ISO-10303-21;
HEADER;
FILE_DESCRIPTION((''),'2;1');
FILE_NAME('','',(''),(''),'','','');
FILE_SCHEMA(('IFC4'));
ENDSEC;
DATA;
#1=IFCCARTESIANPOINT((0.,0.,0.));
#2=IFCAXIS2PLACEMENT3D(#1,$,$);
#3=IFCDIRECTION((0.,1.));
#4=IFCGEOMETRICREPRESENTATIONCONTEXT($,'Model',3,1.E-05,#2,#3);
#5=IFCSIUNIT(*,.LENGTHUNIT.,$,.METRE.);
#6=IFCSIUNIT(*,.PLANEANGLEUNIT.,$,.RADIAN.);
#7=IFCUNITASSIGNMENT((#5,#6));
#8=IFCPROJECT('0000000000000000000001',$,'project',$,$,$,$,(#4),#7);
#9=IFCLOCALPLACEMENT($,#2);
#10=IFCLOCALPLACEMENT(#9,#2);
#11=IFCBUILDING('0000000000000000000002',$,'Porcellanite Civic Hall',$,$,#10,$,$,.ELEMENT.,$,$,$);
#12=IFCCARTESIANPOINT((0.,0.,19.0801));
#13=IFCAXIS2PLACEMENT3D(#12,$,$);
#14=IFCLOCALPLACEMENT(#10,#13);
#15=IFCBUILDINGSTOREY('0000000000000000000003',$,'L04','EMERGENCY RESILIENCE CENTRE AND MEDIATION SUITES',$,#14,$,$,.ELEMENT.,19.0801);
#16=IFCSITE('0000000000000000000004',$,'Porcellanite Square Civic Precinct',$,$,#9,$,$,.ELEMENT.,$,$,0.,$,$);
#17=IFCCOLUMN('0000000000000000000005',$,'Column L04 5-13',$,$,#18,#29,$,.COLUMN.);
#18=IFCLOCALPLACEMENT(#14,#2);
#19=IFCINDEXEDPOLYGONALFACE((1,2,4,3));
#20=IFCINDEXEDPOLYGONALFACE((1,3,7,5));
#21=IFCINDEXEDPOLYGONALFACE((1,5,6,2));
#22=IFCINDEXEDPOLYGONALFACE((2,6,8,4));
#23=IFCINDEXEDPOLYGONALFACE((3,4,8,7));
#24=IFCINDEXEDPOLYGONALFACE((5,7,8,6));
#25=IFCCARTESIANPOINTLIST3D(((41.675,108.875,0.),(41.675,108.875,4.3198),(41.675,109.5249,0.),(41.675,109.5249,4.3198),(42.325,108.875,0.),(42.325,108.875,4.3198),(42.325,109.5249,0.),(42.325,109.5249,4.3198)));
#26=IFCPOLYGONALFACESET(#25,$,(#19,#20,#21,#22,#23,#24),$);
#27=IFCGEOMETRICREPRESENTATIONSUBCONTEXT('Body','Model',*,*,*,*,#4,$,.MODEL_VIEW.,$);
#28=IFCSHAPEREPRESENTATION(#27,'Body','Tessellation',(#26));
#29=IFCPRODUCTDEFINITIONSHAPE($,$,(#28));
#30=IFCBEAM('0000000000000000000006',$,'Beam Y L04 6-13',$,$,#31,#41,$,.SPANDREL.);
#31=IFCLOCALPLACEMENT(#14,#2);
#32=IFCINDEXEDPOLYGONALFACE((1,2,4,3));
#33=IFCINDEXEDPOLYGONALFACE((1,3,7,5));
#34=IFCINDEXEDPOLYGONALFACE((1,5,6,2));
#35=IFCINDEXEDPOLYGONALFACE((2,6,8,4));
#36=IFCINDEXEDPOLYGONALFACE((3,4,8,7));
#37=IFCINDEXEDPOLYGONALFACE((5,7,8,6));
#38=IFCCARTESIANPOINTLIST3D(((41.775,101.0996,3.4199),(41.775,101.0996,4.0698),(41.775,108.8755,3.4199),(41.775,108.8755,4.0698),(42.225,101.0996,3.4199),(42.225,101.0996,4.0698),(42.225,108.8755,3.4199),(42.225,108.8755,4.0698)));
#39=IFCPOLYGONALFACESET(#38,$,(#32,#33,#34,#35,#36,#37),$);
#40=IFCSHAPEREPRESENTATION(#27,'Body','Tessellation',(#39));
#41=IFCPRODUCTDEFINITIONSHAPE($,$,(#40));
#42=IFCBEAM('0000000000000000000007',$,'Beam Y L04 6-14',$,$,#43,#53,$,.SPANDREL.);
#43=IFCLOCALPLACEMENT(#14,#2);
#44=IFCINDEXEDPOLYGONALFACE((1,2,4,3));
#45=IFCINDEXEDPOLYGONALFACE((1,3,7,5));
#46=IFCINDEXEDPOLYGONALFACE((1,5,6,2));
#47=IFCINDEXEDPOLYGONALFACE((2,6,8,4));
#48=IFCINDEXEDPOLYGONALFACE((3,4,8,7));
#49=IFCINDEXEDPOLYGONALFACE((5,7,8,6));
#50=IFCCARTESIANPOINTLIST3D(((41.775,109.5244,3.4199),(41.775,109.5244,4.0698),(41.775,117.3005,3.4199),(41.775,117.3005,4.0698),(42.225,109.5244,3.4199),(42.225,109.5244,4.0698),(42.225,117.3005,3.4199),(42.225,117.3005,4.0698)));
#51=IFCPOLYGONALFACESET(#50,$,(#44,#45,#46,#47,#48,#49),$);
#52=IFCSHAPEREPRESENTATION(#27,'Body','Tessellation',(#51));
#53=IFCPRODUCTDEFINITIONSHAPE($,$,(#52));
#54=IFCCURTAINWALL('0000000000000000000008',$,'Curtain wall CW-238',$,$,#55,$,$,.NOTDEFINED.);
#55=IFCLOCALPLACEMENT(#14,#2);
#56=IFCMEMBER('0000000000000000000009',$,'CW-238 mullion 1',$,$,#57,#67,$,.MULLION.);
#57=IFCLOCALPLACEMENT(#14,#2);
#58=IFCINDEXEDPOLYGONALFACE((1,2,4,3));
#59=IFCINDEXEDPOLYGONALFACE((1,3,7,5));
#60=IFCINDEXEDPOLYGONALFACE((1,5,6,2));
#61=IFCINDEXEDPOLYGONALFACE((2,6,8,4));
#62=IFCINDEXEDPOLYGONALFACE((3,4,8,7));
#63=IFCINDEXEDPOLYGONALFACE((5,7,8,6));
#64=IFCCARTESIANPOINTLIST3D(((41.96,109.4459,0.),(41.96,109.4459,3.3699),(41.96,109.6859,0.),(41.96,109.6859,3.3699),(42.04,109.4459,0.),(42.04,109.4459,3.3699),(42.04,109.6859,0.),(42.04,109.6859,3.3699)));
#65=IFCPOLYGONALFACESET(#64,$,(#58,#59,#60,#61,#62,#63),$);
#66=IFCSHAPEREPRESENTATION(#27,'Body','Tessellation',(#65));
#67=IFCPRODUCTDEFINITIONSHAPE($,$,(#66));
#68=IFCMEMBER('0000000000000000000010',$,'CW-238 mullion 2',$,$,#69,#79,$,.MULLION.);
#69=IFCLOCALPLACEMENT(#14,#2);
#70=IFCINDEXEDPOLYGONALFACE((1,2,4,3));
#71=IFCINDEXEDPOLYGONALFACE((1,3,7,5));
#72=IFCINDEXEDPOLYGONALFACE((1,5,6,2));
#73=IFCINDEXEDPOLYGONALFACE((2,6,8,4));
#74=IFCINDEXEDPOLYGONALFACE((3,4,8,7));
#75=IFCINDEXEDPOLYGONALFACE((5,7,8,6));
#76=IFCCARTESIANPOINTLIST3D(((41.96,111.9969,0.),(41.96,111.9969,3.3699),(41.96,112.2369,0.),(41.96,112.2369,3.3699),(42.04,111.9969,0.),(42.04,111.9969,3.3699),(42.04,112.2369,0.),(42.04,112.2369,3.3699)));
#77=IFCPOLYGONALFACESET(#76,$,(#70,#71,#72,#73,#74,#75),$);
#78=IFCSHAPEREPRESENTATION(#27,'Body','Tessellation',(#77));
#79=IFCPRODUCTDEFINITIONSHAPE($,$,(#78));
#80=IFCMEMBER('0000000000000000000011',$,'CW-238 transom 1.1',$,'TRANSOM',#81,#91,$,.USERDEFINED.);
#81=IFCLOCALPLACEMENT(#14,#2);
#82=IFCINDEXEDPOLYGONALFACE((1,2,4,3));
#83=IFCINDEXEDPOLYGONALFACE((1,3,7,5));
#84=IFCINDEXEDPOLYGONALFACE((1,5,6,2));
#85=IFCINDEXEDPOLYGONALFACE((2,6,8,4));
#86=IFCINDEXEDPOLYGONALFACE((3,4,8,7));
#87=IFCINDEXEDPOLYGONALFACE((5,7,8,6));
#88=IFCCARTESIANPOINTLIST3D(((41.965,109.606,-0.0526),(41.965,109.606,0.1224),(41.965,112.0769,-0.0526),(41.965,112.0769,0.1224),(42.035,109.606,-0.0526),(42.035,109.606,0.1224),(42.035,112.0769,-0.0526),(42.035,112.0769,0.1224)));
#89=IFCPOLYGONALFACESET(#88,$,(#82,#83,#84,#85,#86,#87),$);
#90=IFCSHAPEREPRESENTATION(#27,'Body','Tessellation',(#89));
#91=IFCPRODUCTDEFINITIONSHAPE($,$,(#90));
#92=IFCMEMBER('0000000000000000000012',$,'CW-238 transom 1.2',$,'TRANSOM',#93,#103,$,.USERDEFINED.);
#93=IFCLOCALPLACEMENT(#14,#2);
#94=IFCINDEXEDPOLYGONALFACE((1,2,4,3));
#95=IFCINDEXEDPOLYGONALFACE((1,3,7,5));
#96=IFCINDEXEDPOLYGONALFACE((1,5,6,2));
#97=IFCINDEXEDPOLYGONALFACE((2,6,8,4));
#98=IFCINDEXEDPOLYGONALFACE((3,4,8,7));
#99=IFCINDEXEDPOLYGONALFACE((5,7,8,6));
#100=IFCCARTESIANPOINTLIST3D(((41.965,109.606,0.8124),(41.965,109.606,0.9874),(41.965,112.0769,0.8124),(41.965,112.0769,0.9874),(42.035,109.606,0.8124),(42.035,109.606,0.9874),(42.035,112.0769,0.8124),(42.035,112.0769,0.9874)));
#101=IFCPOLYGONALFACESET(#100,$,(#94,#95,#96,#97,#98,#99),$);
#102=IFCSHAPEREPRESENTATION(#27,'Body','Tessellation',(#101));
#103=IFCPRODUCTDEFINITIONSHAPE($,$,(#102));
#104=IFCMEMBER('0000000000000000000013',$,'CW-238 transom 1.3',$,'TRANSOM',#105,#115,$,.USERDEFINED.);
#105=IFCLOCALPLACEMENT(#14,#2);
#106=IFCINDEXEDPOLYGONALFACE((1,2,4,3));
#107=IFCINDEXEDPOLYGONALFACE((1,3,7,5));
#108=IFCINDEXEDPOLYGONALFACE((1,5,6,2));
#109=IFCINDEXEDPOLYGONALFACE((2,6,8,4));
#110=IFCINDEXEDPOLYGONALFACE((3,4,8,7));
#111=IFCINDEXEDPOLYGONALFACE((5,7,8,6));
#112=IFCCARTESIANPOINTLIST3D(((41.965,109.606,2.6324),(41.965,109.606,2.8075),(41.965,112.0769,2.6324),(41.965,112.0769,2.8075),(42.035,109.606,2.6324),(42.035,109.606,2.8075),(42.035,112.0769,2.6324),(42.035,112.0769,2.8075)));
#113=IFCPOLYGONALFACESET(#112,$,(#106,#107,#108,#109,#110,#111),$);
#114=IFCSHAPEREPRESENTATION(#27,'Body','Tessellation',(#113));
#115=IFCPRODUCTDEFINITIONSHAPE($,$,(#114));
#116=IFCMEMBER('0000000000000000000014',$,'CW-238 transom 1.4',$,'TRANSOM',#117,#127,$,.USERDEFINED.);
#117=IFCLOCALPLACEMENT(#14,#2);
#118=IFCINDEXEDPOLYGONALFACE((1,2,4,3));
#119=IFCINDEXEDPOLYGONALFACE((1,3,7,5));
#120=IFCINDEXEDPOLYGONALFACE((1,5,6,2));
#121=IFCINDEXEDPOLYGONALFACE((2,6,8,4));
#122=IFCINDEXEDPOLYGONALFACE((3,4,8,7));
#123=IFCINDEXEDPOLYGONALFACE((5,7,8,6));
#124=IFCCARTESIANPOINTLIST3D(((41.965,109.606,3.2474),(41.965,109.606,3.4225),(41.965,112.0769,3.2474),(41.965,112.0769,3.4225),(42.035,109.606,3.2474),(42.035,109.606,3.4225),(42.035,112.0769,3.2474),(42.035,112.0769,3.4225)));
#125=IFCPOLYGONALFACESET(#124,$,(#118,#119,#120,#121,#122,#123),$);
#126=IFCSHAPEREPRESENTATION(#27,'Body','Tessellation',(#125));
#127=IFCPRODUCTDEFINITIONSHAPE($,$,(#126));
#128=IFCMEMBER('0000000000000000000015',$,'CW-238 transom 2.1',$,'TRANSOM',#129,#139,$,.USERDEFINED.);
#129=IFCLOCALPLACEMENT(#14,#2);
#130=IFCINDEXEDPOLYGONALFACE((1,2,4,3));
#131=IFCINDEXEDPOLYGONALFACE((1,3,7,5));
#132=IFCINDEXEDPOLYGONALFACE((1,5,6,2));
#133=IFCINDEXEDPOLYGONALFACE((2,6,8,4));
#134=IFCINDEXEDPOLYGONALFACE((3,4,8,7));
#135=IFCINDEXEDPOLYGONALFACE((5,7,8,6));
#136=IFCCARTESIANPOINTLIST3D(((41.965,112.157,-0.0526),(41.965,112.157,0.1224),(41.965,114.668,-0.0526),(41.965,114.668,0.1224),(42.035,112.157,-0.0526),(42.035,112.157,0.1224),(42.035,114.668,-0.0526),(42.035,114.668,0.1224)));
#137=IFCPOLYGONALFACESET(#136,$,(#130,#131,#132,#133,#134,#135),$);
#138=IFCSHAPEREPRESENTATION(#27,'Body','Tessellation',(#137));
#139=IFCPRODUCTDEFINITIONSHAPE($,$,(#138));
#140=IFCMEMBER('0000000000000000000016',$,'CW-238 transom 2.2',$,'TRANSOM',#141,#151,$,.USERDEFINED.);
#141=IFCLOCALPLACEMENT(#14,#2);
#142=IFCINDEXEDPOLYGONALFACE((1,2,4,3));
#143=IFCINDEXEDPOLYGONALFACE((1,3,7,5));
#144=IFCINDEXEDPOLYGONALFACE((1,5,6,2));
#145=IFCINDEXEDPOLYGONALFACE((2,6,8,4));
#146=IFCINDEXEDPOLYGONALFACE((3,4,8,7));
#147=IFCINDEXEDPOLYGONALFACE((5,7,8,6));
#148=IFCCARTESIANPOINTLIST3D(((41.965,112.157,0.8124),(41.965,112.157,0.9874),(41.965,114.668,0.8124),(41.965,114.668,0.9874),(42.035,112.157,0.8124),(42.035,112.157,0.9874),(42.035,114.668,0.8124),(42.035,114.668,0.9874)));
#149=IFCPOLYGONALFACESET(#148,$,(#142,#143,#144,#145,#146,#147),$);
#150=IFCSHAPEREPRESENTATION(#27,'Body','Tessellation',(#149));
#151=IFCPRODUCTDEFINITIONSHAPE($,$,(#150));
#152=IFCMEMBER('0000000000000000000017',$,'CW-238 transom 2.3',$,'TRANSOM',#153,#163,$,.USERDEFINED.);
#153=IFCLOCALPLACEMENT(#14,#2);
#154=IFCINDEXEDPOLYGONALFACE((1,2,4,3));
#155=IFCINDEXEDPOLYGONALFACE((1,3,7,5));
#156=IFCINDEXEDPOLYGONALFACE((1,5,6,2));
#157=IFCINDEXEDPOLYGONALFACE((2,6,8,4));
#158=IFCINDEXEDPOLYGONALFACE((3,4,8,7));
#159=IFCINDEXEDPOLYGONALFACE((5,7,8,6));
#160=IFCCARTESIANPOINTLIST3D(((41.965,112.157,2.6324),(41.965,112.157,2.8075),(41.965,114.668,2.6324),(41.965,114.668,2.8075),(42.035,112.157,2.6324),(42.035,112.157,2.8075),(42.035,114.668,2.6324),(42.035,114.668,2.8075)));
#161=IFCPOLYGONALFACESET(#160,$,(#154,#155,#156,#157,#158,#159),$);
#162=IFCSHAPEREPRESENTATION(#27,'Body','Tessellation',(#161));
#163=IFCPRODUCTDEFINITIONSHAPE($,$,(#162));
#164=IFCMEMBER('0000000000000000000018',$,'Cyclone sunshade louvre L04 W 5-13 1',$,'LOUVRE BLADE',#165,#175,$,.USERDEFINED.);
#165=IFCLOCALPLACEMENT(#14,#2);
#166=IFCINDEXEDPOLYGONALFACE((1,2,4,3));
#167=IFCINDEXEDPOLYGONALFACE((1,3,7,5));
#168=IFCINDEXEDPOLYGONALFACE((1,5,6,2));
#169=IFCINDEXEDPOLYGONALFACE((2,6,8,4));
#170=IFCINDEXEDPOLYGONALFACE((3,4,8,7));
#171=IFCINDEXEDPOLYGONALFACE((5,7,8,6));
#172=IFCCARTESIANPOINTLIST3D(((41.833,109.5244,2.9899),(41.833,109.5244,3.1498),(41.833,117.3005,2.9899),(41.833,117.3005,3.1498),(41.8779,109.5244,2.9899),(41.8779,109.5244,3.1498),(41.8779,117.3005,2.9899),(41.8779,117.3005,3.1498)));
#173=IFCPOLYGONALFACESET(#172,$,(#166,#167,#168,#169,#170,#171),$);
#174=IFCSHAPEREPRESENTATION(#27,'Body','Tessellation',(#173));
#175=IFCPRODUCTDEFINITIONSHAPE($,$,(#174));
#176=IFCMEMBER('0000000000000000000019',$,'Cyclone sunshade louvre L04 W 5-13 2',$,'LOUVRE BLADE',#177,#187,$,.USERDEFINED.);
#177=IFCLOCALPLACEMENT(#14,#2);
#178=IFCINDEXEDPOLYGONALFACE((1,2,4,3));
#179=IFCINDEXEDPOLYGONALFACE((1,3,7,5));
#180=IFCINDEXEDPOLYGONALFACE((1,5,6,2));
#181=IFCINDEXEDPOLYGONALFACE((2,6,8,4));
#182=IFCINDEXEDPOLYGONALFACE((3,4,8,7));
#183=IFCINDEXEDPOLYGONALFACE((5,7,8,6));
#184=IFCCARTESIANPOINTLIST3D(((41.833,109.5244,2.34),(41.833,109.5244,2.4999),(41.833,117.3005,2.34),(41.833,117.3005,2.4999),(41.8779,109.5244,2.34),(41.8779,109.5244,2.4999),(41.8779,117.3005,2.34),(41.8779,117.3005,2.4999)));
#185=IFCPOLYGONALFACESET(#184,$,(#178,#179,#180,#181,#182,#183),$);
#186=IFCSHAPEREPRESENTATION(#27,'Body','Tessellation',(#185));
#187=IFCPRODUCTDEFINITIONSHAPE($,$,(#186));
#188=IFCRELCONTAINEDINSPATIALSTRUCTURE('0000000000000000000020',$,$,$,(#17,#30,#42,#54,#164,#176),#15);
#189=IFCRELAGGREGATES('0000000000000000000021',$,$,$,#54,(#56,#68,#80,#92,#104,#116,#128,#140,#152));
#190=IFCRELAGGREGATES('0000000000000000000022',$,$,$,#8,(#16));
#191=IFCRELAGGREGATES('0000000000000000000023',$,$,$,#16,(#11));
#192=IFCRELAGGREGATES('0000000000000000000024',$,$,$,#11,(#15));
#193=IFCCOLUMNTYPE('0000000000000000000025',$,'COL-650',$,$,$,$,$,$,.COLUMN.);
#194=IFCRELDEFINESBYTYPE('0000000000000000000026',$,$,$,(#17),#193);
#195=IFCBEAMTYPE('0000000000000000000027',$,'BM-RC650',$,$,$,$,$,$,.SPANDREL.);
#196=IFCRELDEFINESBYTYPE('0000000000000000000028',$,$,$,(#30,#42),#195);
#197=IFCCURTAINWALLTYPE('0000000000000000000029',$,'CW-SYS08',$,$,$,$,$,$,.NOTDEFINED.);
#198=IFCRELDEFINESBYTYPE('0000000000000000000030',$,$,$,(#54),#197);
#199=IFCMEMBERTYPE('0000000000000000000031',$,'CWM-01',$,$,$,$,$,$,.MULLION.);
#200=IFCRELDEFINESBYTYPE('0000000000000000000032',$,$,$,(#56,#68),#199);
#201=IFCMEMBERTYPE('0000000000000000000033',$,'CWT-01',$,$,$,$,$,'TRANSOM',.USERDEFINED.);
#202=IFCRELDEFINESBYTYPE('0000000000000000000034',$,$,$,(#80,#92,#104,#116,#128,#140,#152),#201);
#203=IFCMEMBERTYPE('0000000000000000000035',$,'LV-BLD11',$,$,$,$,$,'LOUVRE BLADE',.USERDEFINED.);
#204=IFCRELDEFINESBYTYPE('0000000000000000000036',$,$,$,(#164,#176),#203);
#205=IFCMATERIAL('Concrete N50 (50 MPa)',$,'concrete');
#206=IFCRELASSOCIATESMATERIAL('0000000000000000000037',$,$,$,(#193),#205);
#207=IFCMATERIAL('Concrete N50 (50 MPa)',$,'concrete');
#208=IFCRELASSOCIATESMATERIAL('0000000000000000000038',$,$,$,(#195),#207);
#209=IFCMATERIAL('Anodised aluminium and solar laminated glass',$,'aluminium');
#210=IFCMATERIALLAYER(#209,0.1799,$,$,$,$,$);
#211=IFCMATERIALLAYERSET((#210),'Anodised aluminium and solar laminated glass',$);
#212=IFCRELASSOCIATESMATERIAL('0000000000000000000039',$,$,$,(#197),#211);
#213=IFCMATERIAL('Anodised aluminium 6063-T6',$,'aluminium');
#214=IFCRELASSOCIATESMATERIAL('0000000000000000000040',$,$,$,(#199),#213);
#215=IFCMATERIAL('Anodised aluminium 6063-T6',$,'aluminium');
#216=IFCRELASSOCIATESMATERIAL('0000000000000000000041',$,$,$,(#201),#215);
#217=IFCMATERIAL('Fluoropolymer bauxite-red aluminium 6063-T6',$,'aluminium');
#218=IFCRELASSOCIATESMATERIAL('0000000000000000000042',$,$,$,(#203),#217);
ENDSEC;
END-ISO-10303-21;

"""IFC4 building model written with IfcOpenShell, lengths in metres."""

from ifc_helpers import new_model, si_unit, direction, frame, origin, origin_2d, place, context, subcontext, project, spatial, rectangle, extrude, material, layer, layer_set, material_profile, profile_set, type_object, element, aggregate, save


model = new_model("IFC4")

# Units and contexts
model_context = context("Model", 3, precision=1e-05, world=origin(), true_north=direction((0.0, 1.0)))
body_context = subcontext(model_context, "Body", "Model", "MODEL_VIEW")
ifc_project = project(units=[si_unit("LENGTHUNIT", "METRE"), si_unit("PLANEANGLEUNIT", "RADIAN")], contexts=[model_context])

# Site, building, storey
site_placement = place(None, origin())
site = spatial("IfcSite", under=ifc_project, at=site_placement, Name="Porcellanite Square Civic Precinct", CompositionType="ELEMENT", RefElevation=0.0)
building_placement = place(site_placement, origin())
building = spatial("IfcBuilding", under=site, at=building_placement, Name="Porcellanite Civic Hall", CompositionType="ELEMENT")
storey_placement = place(building_placement, frame((0.0, 0.0, 19.0801)))
storey = spatial("IfcBuildingStorey", under=building, at=storey_placement, Name="L04", Description="EMERGENCY RESILIENCE CENTRE AND MEDIATION SUITES", CompositionType="ELEMENT", Elevation=19.0801)

# Column
ifc_material_1 = material(Name="Concrete N50 (50 MPa)", Category="concrete")
ifc_material_profile_1 = material_profile(ifc_material_1, rectangle(XDim=0.6499, YDim=0.6499, at=origin_2d()), Name="RC-650x650")
ifc_profile_set_1 = profile_set([ifc_material_profile_1], Name="Concrete N50 (50 MPa)")
column_type = type_object("IfcColumnType", Name="COL-650", PredefinedType="COLUMN", material=ifc_profile_set_1)
column_placement = place(storey_placement, frame((42.0, 109.2, 0.0), z_axis=(0.0, 0.0, 1.0), x_axis=(1.0, 0.0, 0.0)))
element("IfcColumn", 1, at=column_placement, inside=storey, type_object=column_type, Name="Column L04 5-13", PredefinedType="COLUMN", context=body_context, shape_type="SweptSolid", body=[
    extrude(rectangle(XDim=0.6499, YDim=0.6499, at=origin_2d()), origin(), (0.0, 0.0, 1.0), 4.3198),
])

# Beams
ifc_material_2 = material(Name="Concrete N50 (50 MPa)", Category="concrete")
ifc_material_profile_2 = material_profile(ifc_material_2, rectangle(XDim=0.45, YDim=0.6499, at=origin_2d()), Name="RC-450x650")
ifc_profile_set_2 = profile_set([ifc_material_profile_2], Name="Concrete N50 (50 MPa)")
beam_type = type_object("IfcBeamType", Name="BM-RC650", PredefinedType="SPANDREL", material=ifc_profile_set_2)
beam_1_placement = place(storey_placement, frame((42.0, 101.0996, 3.7449), z_axis=(0.0, 1.0, 0.0), x_axis=(-1.0, 0.0, 0.0)))
element("IfcBeam", 2, at=beam_1_placement, inside=storey, type_object=beam_type, Name="Beam Y L04 6-13", PredefinedType="SPANDREL", context=body_context, shape_type="SweptSolid", body=[
    extrude(rectangle(XDim=0.45, YDim=0.6499, at=origin_2d()), origin(), (0.0, 0.0, 1.0), 7.7759),
])
beam_2_placement = place(storey_placement, frame((42.0, 109.5244, 3.7449), z_axis=(0.0, 1.0, 0.0), x_axis=(-1.0, 0.0, 0.0)))
element("IfcBeam", 3, at=beam_2_placement, inside=storey, type_object=beam_type, Name="Beam Y L04 6-14", PredefinedType="SPANDREL", context=body_context, shape_type="SweptSolid", body=[
    extrude(rectangle(XDim=0.45, YDim=0.6499, at=origin_2d()), origin(), (0.0, 0.0, 1.0), 7.7761),
])

# Curtain wall, members
ifc_material_3 = material(Name="Anodised aluminium and solar laminated glass", Category="aluminium")
ifc_layer_1 = layer(ifc_material_3, 0.1799)
ifc_layer_set_1 = layer_set([ifc_layer_1], Name="Anodised aluminium and solar laminated glass")
curtain_wall_type = type_object("IfcCurtainWallType", Name="CW-SYS08", PredefinedType="NOTDEFINED", material=ifc_layer_set_1)
curtain_wall_placement = place(storey_placement, origin())
curtain_wall = element("IfcCurtainWall", 4, at=curtain_wall_placement, inside=storey, type_object=curtain_wall_type, Name="Curtain wall CW-238", PredefinedType="NOTDEFINED")
ifc_material_4 = material(Name="Anodised aluminium 6063-T6", Category="aluminium")
ifc_material_profile_3 = material_profile(ifc_material_4, rectangle(XDim=0.0801, YDim=0.24, at=origin_2d()), Name="AL-80x240")
ifc_profile_set_3 = profile_set([ifc_material_profile_3], Name="Anodised aluminium 6063-T6")
member_type_1 = type_object("IfcMemberType", Name="CWM-01", PredefinedType="MULLION", material=ifc_profile_set_3)
member_1_placement = place(storey_placement, frame((42.0, 109.5659, 0.0), z_axis=(0.0, 0.0, 1.0), x_axis=(-1.0, 0.0, 0.0)))
member_1 = element("IfcMember", 5, at=member_1_placement, type_object=member_type_1, Name="CW-238 mullion 1", PredefinedType="MULLION", context=body_context, shape_type="SweptSolid", body=[
    extrude(rectangle(XDim=0.0801, YDim=0.24, at=origin_2d()), origin(), (0.0, 0.0, 1.0), 3.3699),
])
member_2_placement = place(storey_placement, frame((42.0, 112.1169, 0.0), z_axis=(0.0, 0.0, 1.0), x_axis=(-1.0, 0.0, 0.0)))
member_2 = element("IfcMember", 6, at=member_2_placement, type_object=member_type_1, Name="CW-238 mullion 2", PredefinedType="MULLION", context=body_context, shape_type="SweptSolid", body=[
    extrude(rectangle(XDim=0.0801, YDim=0.24, at=origin_2d()), origin(), (0.0, 0.0, 1.0), 3.3699),
])
ifc_material_5 = material(Name="Anodised aluminium 6063-T6", Category="aluminium")
ifc_material_profile_4 = material_profile(ifc_material_5, rectangle(XDim=0.0701, YDim=0.175, at=origin_2d()), Name="AL-70x175")
ifc_profile_set_4 = profile_set([ifc_material_profile_4], Name="Anodised aluminium 6063-T6")
member_type_2 = type_object("IfcMemberType", Name="CWT-01", ElementType="TRANSOM", PredefinedType="USERDEFINED", material=ifc_profile_set_4)
member_3_placement = place(storey_placement, frame((42.0, 109.606, 0.0349), z_axis=(0.0, 1.0, 0.0), x_axis=(-1.0, 0.0, 0.0)))
member_3 = element("IfcMember", 7, at=member_3_placement, type_object=member_type_2, Name="CW-238 transom 1.1", ObjectType="TRANSOM", PredefinedType="USERDEFINED", context=body_context, shape_type="SweptSolid", body=[
    extrude(rectangle(XDim=0.0701, YDim=0.175, at=origin_2d()), origin(), (0.0, 0.0, 1.0), 2.4709),
])
member_4_placement = place(storey_placement, frame((42.0, 109.606, 0.8999), z_axis=(0.0, 1.0, 0.0), x_axis=(-1.0, 0.0, 0.0)))
member_4 = element("IfcMember", 8, at=member_4_placement, type_object=member_type_2, Name="CW-238 transom 1.2", ObjectType="TRANSOM", PredefinedType="USERDEFINED", context=body_context, shape_type="SweptSolid", body=[
    extrude(rectangle(XDim=0.0701, YDim=0.175, at=origin_2d()), origin(), (0.0, 0.0, 1.0), 2.4709),
])
member_5_placement = place(storey_placement, frame((42.0, 109.606, 2.72), z_axis=(0.0, 1.0, 0.0), x_axis=(-1.0, 0.0, 0.0)))
member_5 = element("IfcMember", 9, at=member_5_placement, type_object=member_type_2, Name="CW-238 transom 1.3", ObjectType="TRANSOM", PredefinedType="USERDEFINED", context=body_context, shape_type="SweptSolid", body=[
    extrude(rectangle(XDim=0.0701, YDim=0.175, at=origin_2d()), origin(), (0.0, 0.0, 1.0), 2.4709),
])
member_6_placement = place(storey_placement, frame((42.0, 109.606, 3.335), z_axis=(0.0, 1.0, 0.0), x_axis=(-1.0, 0.0, 0.0)))
member_6 = element("IfcMember", 10, at=member_6_placement, type_object=member_type_2, Name="CW-238 transom 1.4", ObjectType="TRANSOM", PredefinedType="USERDEFINED", context=body_context, shape_type="SweptSolid", body=[
    extrude(rectangle(XDim=0.0701, YDim=0.175, at=origin_2d()), origin(), (0.0, 0.0, 1.0), 2.4709),
])
member_7_placement = place(storey_placement, frame((42.0, 112.157, 0.0349), z_axis=(0.0, 1.0, 0.0), x_axis=(-1.0, 0.0, 0.0)))
member_7 = element("IfcMember", 11, at=member_7_placement, type_object=member_type_2, Name="CW-238 transom 2.1", ObjectType="TRANSOM", PredefinedType="USERDEFINED", context=body_context, shape_type="SweptSolid", body=[
    extrude(rectangle(XDim=0.0701, YDim=0.175, at=origin_2d()), origin(), (0.0, 0.0, 1.0), 2.511),
])
member_8_placement = place(storey_placement, frame((42.0, 112.157, 0.8999), z_axis=(0.0, 1.0, 0.0), x_axis=(-1.0, 0.0, 0.0)))
member_8 = element("IfcMember", 12, at=member_8_placement, type_object=member_type_2, Name="CW-238 transom 2.2", ObjectType="TRANSOM", PredefinedType="USERDEFINED", context=body_context, shape_type="SweptSolid", body=[
    extrude(rectangle(XDim=0.0701, YDim=0.175, at=origin_2d()), origin(), (0.0, 0.0, 1.0), 2.511),
])
member_9_placement = place(storey_placement, frame((42.0, 112.157, 2.72), z_axis=(0.0, 1.0, 0.0), x_axis=(-1.0, 0.0, 0.0)))
member_9 = element("IfcMember", 13, at=member_9_placement, type_object=member_type_2, Name="CW-238 transom 2.3", ObjectType="TRANSOM", PredefinedType="USERDEFINED", context=body_context, shape_type="SweptSolid", body=[
    extrude(rectangle(XDim=0.0701, YDim=0.175, at=origin_2d()), origin(), (0.0, 0.0, 1.0), 2.511),
])

# Members
ifc_material_6 = material(Name="Fluoropolymer bauxite-red aluminium 6063-T6", Category="aluminium")
ifc_material_profile_5 = material_profile(ifc_material_6, rectangle(XDim=0.0449, YDim=0.1599, at=origin_2d()), Name="AL-45x160")
ifc_profile_set_5 = profile_set([ifc_material_profile_5], Name="Fluoropolymer bauxite-red aluminium 6063-T6")
member_type_3 = type_object("IfcMemberType", Name="LV-BLD11", ElementType="LOUVRE BLADE", PredefinedType="USERDEFINED", material=ifc_profile_set_5)
for number, where, z_axis, x_axis, name in (
    (14, (41.8555, 109.5244, 3.0698), (0.0, 1.0, 0.0), (-1.0, 0.0, 0.0), "Cyclone sunshade louvre L04 W 5-13 1"),
    (15, (41.8555, 109.5244, 2.4199), (0.0, 1.0, 0.0), (-1.0, 0.0, 0.0), "Cyclone sunshade louvre L04 W 5-13 2"),
):
    element("IfcMember", number, at=place(storey_placement, frame(where, z_axis=z_axis, x_axis=x_axis)), inside=storey, type_object=member_type_3, Name=name, ObjectType="LOUVRE BLADE", PredefinedType="USERDEFINED", context=body_context, shape_type="SweptSolid", body=[
        extrude(rectangle(XDim=0.0449, YDim=0.1599, at=origin_2d()), origin(), (0.0, 0.0, 1.0), 7.7761),
    ])

aggregate(curtain_wall, [member_1, member_2, member_3, member_4, member_5, member_6, member_7, member_8, member_9])

save(model, "model.ifc")
